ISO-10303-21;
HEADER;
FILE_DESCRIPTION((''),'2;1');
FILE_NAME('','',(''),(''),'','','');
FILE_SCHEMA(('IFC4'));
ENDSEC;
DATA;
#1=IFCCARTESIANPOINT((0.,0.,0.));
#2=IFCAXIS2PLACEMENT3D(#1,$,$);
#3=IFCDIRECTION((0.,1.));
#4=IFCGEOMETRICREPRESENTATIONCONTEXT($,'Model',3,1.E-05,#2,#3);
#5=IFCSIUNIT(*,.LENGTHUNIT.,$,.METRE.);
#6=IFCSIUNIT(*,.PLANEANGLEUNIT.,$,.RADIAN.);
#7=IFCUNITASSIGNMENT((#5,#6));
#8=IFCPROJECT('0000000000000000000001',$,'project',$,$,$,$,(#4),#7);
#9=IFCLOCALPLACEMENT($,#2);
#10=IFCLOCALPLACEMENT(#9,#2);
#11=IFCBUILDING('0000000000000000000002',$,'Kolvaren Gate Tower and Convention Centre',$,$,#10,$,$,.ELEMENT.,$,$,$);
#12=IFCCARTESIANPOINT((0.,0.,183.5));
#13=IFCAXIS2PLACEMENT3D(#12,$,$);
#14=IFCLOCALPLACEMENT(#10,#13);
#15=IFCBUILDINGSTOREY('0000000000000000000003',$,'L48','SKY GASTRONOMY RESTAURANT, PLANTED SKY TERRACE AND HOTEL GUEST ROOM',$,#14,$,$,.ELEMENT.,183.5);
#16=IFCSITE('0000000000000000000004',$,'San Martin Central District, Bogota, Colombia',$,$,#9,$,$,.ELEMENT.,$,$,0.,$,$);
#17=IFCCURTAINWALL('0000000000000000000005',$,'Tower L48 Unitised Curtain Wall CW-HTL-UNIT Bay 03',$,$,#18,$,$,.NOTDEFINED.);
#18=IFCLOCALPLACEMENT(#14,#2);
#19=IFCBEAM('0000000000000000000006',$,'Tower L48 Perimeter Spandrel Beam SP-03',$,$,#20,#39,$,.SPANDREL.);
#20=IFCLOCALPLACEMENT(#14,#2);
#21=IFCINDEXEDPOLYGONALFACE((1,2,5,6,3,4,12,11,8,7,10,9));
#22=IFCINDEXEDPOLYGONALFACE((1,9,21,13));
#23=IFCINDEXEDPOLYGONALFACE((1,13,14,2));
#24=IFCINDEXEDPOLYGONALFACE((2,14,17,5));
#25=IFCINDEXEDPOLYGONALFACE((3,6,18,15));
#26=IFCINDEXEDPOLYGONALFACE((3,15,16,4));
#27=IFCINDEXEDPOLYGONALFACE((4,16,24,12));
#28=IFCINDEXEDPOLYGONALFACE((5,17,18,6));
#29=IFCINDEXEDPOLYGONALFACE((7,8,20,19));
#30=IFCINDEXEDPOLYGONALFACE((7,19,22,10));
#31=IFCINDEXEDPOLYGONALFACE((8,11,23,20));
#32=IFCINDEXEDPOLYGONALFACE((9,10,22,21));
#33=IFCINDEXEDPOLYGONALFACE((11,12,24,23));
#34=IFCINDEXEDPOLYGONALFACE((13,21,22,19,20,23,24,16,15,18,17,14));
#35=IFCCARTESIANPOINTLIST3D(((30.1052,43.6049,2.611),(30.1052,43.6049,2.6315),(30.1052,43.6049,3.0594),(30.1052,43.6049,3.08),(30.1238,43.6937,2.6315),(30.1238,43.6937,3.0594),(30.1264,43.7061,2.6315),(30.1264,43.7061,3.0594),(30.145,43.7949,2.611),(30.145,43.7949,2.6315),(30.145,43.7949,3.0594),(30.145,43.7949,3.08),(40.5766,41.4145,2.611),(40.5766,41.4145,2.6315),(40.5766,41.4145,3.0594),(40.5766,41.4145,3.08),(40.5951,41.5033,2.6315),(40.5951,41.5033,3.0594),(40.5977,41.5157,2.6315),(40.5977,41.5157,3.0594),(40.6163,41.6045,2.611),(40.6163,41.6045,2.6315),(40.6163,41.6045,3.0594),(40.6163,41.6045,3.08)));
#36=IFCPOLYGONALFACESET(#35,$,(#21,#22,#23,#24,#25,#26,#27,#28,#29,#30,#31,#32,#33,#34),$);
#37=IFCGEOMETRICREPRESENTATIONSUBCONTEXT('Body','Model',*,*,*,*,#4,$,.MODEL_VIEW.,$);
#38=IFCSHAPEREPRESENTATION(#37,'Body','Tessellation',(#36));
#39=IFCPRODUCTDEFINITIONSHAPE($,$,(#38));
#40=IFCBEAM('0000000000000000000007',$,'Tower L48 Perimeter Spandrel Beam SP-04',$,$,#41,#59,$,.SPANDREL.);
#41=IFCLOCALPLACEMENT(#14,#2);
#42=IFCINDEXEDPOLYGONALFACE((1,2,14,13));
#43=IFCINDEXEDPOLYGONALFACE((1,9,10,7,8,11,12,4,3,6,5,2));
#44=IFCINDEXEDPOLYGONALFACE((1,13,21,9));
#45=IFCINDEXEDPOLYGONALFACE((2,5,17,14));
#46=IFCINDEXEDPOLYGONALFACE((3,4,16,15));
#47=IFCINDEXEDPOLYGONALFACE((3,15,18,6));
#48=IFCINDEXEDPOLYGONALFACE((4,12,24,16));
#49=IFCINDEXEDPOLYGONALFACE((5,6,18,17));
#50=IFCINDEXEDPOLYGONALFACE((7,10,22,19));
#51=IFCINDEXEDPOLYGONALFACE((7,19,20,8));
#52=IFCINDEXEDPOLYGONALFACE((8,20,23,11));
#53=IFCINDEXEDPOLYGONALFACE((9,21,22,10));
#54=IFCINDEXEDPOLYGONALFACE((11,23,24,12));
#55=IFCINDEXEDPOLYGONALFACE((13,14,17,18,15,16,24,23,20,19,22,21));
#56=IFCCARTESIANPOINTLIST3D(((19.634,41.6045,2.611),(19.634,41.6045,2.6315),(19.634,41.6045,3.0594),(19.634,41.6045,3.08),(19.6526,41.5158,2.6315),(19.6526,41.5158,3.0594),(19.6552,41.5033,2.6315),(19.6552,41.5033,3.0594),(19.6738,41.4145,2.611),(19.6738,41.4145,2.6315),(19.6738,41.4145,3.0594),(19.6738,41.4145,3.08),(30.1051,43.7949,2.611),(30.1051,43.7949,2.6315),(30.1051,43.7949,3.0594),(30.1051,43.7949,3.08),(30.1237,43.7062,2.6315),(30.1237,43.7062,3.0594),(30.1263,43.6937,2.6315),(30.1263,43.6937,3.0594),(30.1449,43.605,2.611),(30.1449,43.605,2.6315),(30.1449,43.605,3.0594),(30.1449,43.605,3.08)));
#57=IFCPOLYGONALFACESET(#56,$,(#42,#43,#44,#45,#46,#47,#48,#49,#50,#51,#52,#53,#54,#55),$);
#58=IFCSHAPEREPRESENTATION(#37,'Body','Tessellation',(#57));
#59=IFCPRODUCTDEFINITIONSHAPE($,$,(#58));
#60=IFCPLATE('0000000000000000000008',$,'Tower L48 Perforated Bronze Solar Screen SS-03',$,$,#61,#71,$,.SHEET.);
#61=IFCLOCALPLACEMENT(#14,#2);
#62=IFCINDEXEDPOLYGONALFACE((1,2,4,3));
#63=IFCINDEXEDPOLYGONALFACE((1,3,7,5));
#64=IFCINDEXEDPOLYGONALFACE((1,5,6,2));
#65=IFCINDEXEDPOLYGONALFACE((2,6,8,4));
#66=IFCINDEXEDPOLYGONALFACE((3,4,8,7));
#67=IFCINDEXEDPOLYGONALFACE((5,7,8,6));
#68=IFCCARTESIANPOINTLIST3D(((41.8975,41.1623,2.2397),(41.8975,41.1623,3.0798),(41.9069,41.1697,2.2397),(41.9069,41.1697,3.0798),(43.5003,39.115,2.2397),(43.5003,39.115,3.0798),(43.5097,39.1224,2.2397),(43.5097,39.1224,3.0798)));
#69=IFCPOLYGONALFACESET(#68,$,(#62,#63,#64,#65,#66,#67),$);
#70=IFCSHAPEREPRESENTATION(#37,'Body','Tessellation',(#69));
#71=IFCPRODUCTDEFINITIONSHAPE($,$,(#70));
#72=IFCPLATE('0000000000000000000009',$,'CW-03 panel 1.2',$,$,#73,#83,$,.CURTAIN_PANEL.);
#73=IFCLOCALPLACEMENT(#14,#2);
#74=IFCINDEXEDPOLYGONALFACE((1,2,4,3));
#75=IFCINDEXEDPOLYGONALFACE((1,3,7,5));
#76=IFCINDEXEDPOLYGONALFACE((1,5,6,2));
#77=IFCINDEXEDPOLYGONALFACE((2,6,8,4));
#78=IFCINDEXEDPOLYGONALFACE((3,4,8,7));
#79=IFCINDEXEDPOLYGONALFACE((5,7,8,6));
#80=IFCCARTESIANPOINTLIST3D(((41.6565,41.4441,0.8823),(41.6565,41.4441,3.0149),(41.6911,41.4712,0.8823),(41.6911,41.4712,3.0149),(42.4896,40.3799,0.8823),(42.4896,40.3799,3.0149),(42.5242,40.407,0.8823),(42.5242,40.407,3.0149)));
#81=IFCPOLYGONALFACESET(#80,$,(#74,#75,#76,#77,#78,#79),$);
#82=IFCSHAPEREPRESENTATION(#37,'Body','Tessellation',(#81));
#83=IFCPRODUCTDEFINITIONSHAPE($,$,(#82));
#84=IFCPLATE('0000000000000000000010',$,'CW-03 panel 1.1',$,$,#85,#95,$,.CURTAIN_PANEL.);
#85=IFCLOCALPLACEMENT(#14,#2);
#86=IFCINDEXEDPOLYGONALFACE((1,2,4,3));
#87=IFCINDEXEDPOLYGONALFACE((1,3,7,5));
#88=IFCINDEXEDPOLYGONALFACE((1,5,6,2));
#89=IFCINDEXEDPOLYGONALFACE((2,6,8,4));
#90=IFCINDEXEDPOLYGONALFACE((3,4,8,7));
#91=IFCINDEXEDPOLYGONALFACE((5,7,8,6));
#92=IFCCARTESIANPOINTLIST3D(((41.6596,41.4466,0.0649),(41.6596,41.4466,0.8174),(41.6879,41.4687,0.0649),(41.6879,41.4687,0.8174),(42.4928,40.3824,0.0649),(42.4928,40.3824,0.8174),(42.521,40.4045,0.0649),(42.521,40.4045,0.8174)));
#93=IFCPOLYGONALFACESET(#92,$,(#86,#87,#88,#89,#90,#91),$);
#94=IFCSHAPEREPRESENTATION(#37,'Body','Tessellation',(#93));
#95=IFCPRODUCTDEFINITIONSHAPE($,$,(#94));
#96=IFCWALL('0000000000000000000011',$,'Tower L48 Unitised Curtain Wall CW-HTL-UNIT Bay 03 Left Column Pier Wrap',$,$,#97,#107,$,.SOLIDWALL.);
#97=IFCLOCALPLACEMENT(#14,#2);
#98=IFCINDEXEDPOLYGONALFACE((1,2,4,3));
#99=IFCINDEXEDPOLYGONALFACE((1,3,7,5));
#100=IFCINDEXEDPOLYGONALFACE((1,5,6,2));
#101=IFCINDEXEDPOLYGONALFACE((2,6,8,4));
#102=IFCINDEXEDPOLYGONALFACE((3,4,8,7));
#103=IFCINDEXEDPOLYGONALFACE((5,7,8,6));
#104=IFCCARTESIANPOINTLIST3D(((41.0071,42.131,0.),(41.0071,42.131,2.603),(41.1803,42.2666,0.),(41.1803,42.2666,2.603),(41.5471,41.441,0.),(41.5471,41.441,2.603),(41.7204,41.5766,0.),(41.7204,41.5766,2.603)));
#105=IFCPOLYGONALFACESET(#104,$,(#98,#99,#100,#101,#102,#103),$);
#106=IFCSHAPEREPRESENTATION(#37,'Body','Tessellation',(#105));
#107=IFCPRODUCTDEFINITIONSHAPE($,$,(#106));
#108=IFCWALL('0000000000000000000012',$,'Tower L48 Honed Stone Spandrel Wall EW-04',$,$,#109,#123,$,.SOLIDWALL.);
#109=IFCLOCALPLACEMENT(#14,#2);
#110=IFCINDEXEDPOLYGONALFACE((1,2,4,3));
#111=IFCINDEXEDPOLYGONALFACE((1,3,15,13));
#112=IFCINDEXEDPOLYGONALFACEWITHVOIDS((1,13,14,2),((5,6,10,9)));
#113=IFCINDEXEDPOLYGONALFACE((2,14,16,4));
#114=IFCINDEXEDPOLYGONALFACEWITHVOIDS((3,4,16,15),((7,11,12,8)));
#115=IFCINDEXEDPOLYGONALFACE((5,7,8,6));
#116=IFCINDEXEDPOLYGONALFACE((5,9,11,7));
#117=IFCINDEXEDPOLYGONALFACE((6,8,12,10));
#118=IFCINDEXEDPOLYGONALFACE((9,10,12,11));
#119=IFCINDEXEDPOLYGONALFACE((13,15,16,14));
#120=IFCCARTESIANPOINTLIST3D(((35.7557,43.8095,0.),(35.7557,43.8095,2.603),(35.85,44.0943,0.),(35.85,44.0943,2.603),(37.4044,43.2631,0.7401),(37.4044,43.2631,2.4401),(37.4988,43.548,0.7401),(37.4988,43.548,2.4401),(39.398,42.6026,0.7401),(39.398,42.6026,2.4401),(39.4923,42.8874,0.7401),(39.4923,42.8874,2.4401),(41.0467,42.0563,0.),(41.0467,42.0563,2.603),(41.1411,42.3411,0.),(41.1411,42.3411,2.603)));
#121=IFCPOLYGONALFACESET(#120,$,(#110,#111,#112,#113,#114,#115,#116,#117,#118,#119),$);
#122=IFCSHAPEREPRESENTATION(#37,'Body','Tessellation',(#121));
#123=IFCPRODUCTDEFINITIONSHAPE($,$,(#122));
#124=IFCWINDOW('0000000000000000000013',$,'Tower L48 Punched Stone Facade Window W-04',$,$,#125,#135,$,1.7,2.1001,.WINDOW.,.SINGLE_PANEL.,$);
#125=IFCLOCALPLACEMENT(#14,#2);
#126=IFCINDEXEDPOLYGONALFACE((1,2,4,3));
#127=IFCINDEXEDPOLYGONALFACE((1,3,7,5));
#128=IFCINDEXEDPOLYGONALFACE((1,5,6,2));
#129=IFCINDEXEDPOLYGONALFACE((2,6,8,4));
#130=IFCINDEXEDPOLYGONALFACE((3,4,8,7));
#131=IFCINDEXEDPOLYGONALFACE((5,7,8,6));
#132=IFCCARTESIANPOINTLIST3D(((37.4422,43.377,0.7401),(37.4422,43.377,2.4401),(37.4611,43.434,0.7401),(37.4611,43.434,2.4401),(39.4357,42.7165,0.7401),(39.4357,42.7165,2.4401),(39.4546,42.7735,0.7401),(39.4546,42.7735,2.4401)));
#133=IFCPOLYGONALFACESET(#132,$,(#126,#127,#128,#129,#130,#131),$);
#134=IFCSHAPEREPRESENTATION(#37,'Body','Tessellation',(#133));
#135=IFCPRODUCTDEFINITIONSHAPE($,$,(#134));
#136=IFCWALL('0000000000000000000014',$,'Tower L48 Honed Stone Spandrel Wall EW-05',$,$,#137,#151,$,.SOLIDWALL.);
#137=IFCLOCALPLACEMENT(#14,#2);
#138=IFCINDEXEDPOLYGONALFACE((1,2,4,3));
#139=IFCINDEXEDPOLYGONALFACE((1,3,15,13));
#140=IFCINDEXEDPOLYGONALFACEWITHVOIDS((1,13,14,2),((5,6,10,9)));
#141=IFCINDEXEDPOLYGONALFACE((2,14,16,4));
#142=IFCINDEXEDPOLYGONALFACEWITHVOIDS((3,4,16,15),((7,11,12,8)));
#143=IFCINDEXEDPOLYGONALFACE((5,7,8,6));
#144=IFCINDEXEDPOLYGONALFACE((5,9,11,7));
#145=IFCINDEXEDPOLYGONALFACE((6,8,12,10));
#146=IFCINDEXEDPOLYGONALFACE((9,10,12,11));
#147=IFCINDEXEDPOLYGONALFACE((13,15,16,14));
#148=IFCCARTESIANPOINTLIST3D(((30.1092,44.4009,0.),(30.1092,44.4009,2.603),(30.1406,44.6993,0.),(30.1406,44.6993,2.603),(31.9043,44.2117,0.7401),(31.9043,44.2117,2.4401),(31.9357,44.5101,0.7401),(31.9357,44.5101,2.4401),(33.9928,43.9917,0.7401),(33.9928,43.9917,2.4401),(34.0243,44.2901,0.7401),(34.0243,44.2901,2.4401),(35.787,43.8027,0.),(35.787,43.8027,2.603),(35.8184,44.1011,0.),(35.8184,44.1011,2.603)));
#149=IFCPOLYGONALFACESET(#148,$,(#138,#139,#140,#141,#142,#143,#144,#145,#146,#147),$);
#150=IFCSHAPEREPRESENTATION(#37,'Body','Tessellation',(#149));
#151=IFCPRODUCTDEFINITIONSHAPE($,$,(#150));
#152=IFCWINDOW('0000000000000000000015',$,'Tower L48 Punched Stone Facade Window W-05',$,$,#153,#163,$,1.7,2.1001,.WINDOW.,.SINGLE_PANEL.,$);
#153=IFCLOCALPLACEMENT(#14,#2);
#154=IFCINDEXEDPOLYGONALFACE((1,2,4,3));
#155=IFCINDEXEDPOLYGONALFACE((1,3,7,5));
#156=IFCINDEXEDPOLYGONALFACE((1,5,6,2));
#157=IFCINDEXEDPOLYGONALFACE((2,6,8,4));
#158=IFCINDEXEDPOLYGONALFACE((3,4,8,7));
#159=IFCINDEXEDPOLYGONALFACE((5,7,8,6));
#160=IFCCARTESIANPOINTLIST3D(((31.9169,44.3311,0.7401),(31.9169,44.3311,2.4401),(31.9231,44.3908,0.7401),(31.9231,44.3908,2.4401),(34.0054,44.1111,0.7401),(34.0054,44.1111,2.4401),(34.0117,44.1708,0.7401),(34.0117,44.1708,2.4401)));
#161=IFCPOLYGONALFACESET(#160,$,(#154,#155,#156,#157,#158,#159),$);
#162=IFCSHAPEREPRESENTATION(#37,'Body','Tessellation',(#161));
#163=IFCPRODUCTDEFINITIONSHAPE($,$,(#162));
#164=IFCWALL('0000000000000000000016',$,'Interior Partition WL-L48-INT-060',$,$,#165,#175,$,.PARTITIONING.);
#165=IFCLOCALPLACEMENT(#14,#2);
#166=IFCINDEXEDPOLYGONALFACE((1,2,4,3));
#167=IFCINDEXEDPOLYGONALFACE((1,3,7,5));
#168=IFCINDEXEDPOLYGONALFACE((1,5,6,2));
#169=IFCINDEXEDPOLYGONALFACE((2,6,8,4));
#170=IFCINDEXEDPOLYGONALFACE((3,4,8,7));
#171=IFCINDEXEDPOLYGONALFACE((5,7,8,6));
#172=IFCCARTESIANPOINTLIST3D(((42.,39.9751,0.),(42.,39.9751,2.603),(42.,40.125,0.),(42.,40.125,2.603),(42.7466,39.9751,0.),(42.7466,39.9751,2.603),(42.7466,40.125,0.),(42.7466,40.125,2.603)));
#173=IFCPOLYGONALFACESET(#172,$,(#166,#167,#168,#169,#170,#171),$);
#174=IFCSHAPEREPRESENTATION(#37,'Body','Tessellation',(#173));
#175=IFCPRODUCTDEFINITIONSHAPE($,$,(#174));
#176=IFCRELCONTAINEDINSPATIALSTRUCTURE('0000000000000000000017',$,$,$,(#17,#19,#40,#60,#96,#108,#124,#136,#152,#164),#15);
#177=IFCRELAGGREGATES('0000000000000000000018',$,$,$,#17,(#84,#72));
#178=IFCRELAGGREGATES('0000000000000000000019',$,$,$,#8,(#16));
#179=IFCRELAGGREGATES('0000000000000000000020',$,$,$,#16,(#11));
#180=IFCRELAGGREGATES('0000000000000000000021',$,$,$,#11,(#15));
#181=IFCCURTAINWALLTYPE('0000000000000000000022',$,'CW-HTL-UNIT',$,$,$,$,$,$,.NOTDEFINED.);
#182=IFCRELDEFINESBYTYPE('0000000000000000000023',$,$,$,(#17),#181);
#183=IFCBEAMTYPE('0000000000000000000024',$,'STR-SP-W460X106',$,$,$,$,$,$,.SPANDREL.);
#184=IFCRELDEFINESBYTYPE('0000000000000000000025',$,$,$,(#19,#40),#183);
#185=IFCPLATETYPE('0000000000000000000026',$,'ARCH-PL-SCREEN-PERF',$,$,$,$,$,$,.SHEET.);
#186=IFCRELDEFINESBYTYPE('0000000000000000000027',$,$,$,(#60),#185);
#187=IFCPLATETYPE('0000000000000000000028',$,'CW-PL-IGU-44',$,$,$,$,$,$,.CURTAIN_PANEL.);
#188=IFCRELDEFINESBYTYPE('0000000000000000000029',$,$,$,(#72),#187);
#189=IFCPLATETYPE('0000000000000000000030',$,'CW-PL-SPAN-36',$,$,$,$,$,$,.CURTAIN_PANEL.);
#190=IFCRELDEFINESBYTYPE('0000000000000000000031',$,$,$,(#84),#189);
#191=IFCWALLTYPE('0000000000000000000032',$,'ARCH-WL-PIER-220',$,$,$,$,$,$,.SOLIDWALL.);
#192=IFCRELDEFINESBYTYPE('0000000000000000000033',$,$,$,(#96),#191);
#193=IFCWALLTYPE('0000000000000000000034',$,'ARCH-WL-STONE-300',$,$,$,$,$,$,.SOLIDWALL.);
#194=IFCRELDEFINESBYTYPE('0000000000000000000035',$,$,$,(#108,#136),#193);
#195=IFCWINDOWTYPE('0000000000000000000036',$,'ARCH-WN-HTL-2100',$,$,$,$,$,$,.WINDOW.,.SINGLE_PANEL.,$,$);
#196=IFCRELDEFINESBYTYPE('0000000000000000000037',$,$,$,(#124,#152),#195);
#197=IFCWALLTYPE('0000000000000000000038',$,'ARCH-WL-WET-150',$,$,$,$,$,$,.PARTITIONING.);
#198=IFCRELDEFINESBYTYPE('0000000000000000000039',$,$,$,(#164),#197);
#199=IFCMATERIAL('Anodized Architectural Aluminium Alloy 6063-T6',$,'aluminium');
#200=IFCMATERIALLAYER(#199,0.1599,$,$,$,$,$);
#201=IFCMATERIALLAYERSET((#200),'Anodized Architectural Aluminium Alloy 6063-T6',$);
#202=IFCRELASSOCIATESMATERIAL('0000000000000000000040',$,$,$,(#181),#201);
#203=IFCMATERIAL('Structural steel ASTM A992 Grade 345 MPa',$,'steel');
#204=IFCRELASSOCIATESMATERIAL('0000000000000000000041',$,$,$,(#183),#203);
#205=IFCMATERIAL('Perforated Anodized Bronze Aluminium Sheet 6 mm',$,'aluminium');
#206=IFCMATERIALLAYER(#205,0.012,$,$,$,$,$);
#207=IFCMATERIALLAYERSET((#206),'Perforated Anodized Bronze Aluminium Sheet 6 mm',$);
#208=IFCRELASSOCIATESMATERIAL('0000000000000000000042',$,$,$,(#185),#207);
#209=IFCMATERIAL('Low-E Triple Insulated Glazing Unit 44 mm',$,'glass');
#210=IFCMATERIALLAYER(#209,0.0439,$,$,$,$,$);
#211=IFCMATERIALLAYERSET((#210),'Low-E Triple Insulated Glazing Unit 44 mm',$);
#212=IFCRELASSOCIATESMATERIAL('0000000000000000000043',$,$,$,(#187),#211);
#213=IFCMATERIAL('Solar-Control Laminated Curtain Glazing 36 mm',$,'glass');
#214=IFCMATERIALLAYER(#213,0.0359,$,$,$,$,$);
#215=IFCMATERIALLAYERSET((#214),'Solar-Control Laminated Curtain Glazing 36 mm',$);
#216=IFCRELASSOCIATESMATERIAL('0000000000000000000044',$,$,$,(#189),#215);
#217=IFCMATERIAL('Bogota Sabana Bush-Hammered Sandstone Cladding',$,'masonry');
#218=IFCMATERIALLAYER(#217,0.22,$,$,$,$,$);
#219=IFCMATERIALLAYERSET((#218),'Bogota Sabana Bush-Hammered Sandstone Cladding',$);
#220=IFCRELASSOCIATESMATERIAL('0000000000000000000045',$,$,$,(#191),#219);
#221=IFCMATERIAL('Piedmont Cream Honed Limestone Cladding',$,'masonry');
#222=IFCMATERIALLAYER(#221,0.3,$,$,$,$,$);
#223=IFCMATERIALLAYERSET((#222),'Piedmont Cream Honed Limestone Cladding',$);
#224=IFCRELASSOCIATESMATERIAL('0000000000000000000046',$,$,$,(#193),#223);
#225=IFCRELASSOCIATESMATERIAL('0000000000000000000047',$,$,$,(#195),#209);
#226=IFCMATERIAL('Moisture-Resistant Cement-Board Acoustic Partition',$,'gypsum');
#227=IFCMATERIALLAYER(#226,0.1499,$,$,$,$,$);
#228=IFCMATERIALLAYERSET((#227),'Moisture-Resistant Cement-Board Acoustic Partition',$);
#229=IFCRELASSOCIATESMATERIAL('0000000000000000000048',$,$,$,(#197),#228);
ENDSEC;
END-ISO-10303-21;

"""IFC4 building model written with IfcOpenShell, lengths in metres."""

from ifc_helpers import new_model, si_unit, direction, frame, frame_2d, origin, origin_2d, place, context, subcontext, project, spatial, rectangle, i_section, extrude, material, layer, layer_set, material_profile, profile_set, type_object, element, fill, aggregate, save


model = new_model("IFC4")

# Units and contexts
model_context = context("Model", 3, precision=1e-05, world=origin(), true_north=direction((0.0, 1.0)))
body_context = subcontext(model_context, "Body", "Model", "MODEL_VIEW")
ifc_project = project(units=[si_unit("LENGTHUNIT", "METRE"), si_unit("PLANEANGLEUNIT", "RADIAN")], contexts=[model_context])

# Site, building, storey
site_placement = place(None, origin())
site = spatial("IfcSite", under=ifc_project, at=site_placement, Name="San Martin Central District, Bogota, Colombia", CompositionType="ELEMENT", RefElevation=0.0)
building_placement = place(site_placement, origin())
building = spatial("IfcBuilding", under=site, at=building_placement, Name="Kolvaren Gate Tower and Convention Centre", CompositionType="ELEMENT")
storey_placement = place(building_placement, frame((0.0, 0.0, 183.5)))
storey = spatial("IfcBuildingStorey", under=building, at=storey_placement, Name="L48", Description="SKY GASTRONOMY RESTAURANT, PLANTED SKY TERRACE AND HOTEL GUEST ROOM", CompositionType="ELEMENT", Elevation=183.5)

# Curtain wall
ifc_material_1 = material(Name="Anodized Architectural Aluminium Alloy 6063-T6", Category="aluminium")
ifc_layer_1 = layer(ifc_material_1, 0.1599)
ifc_layer_set_1 = layer_set([ifc_layer_1], Name="Anodized Architectural Aluminium Alloy 6063-T6")
curtain_wall_type = type_object("IfcCurtainWallType", Name="CW-HTL-UNIT", PredefinedType="NOTDEFINED", material=ifc_layer_set_1)
curtain_wall_placement = place(storey_placement, origin())
curtain_wall = element("IfcCurtainWall", 1, at=curtain_wall_placement, inside=storey, type_object=curtain_wall_type, Name="Tower L48 Unitised Curtain Wall CW-HTL-UNIT Bay 03", PredefinedType="NOTDEFINED")

# Beams
ifc_material_2 = material(Name="Structural steel ASTM A992 Grade 345 MPa", Category="steel")
ifc_material_profile_1 = material_profile(ifc_material_2, i_section(OverallWidth=0.1941, OverallDepth=0.469, WebThickness=0.0127, FlangeThickness=0.0205, at=origin_2d()), Name="W460X106")
ifc_profile_set_1 = profile_set([ifc_material_profile_1], Name="Structural steel ASTM A992 Grade 345 MPa")
beam_type_1 = type_object("IfcBeamType", Name="STR-SP-W460X106", PredefinedType="SPANDREL", material=ifc_profile_set_1)
beam_1_placement = place(storey_placement, frame((40.5964, 41.5095, 2.8455), z_axis=(-0.978814, 0.20475, 0.0), x_axis=(-0.20475, -0.978814, 0.0)))
element("IfcBeam", 2, at=beam_1_placement, inside=storey, type_object=beam_type_1, Name="Tower L48 Perimeter Spandrel Beam SP-03", PredefinedType="SPANDREL", context=body_context, shape_type="SweptSolid", body=[
    extrude(i_section(OverallWidth=0.1941, OverallDepth=0.469, WebThickness=0.0127, FlangeThickness=0.0205, at=origin_2d()), origin(), (0.0, 0.0, 1.0), 10.698),
])
beam_2_placement = place(storey_placement, frame((30.125, 43.7, 2.8455), z_axis=(-0.978813, -0.204754, 0.0), x_axis=(0.204754, -0.978813, 0.0)))
element("IfcBeam", 3, at=beam_2_placement, inside=storey, type_object=beam_type_1, Name="Tower L48 Perimeter Spandrel Beam SP-04", PredefinedType="SPANDREL", context=body_context, shape_type="SweptSolid", body=[
    extrude(i_section(OverallWidth=0.1941, OverallDepth=0.469, WebThickness=0.0127, FlangeThickness=0.0205, at=origin_2d()), origin(), (0.0, 0.0, 1.0), 10.6978),
])

# Plates
ifc_material_3 = material(Name="Perforated Anodized Bronze Aluminium Sheet 6 mm", Category="aluminium")
ifc_layer_2 = layer(ifc_material_3, 0.012)
ifc_layer_set_2 = layer_set([ifc_layer_2], Name="Perforated Anodized Bronze Aluminium Sheet 6 mm")
plate_type_1 = type_object("IfcPlateType", Name="ARCH-PL-SCREEN-PERF", PredefinedType="SHEET", material=ifc_layer_set_2)
plate_1_placement = place(storey_placement, frame((42.7036, 40.1423, 2.2397), z_axis=(0.0, 0.0, 1.0), x_axis=(0.616434, -0.787406, 0.0)))
element("IfcPlate", 4, at=plate_1_placement, inside=storey, type_object=plate_type_1, Name="Tower L48 Perforated Bronze Solar Screen SS-03", PredefinedType="SHEET", context=body_context, shape_type="SweptSolid", body=[
    extrude(rectangle(XDim=2.6001, YDim=0.012, at=origin_2d()), origin(), (0.0, 0.0, 1.0), 0.8401),
])
ifc_material_4 = material(Name="Low-E Triple Insulated Glazing Unit 44 mm", Category="glass")
ifc_layer_3 = layer(ifc_material_4, 0.0439)
ifc_layer_set_3 = layer_set([ifc_layer_3], Name="Low-E Triple Insulated Glazing Unit 44 mm")
plate_type_2 = type_object("IfcPlateType", Name="CW-PL-IGU-44", PredefinedType="CURTAIN_PANEL", material=ifc_layer_set_3)
plate_2_placement = place(storey_placement, frame((42.0903, 40.9255, 0.8823), z_axis=(0.0, 0.0, 1.0), x_axis=(0.616438, -0.787404, 0.0)))
plate_2 = element("IfcPlate", 5, at=plate_2_placement, type_object=plate_type_2, Name="CW-03 panel 1.2", PredefinedType="CURTAIN_PANEL", context=body_context, shape_type="SweptSolid", body=[
    extrude(rectangle(XDim=1.3516, YDim=0.0439, at=origin_2d()), origin(), (0.0, 0.0, 1.0), 2.1326),
])
ifc_material_5 = material(Name="Solar-Control Laminated Curtain Glazing 36 mm", Category="glass")
ifc_layer_4 = layer(ifc_material_5, 0.0359)
ifc_layer_set_4 = layer_set([ifc_layer_4], Name="Solar-Control Laminated Curtain Glazing 36 mm")
plate_type_3 = type_object("IfcPlateType", Name="CW-PL-SPAN-36", PredefinedType="CURTAIN_PANEL", material=ifc_layer_set_4)
plate_3_placement = place(storey_placement, frame((42.0903, 40.9255, 0.0649), z_axis=(0.0, 0.0, 1.0), x_axis=(0.616438, -0.787404, 0.0)))
plate_3 = element("IfcPlate", 6, at=plate_3_placement, type_object=plate_type_3, Name="CW-03 panel 1.1", PredefinedType="CURTAIN_PANEL", context=body_context, shape_type="SweptSolid", body=[
    extrude(rectangle(XDim=1.3516, YDim=0.0359, at=origin_2d()), origin(), (0.0, 0.0, 1.0), 0.7524),
])
aggregate(curtain_wall, [plate_3, plate_2])

# Wall
ifc_material_6 = material(Name="Bogota Sabana Bush-Hammered Sandstone Cladding", Category="masonry")
ifc_layer_5 = layer(ifc_material_6, 0.22)
ifc_layer_set_5 = layer_set([ifc_layer_5], Name="Bogota Sabana Bush-Hammered Sandstone Cladding")
wall_type_1 = type_object("IfcWallType", Name="ARCH-WL-PIER-220", PredefinedType="SOLIDWALL", material=ifc_layer_set_5)
wall_1_placement = place(storey_placement, frame((41.0938, 42.1987, 0.0), z_axis=(0.0, 0.0, 1.0), x_axis=(0.616368, -0.787458, 0.0)))
element("IfcWall", 7, at=wall_1_placement, inside=storey, type_object=wall_type_1, Name="Tower L48 Unitised Curtain Wall CW-HTL-UNIT Bay 03 Left Column Pier Wrap", PredefinedType="SOLIDWALL", context=body_context, shape_type="SweptSolid", body=[
    extrude(rectangle(XDim=0.8762, YDim=0.22, at=frame_2d((0.438, 0.0))), origin(), (0.0, 0.0, 1.0), 2.603),
])

# Walls, openings, windows
ifc_material_7 = material(Name="Piedmont Cream Honed Limestone Cladding", Category="masonry")
ifc_layer_6 = layer(ifc_material_7, 0.3)
ifc_layer_set_6 = layer_set([ifc_layer_6], Name="Piedmont Cream Honed Limestone Cladding")
wall_type_2 = type_object("IfcWallType", Name="ARCH-WL-STONE-300", PredefinedType="SOLIDWALL", material=ifc_layer_set_6)
wall_2_placement = place(storey_placement, frame((35.8027, 43.9519, 0.0), z_axis=(0.0, 0.0, 1.0), x_axis=(0.949247, -0.314532, 0.0)))
wall_2 = element("IfcWall", 8, at=wall_2_placement, inside=storey, type_object=wall_type_2, Name="Tower L48 Honed Stone Spandrel Wall EW-04", PredefinedType="SOLIDWALL", context=body_context, shape_type="SweptSolid", body=[
    extrude(rectangle(XDim=5.574, YDim=0.3, at=frame_2d((2.7871, 0.0))), origin(), (0.0, 0.0, 1.0), 2.603),
])
opening_1_placement = place(wall_2_placement, frame((1.7371, 0.0, 0.74)))
opening_1 = element("IfcOpeningElement", 9, at=opening_1_placement, cuts=wall_2, PredefinedType="OPENING", context=body_context, shape_type="SweptSolid", body=[
    extrude(rectangle(XDim=2.1001, YDim=1.7, at=frame_2d((1.05, 0.8501))), frame((0.0, 0.1599, 0.0), z_axis=(0.0, -1.0, 0.0), x_axis=(1.0, 0.0, 0.0)), (0.0, 0.0, 1.0), 0.3201),
])
window_type = type_object("IfcWindowType", Name="ARCH-WN-HTL-2100", PartitioningType="SINGLE_PANEL", PredefinedType="WINDOW", material=ifc_material_4)
window_1_placement = place(opening_1_placement, origin())
window_1 = element("IfcWindow", 10, at=window_1_placement, inside=storey, type_object=window_type, Name="Tower L48 Punched Stone Facade Window W-04", OverallHeight=1.7, OverallWidth=2.1001, PartitioningType="SINGLE_PANEL", PredefinedType="WINDOW", context=body_context, shape_type="SweptSolid", body=[
    extrude(rectangle(XDim=2.1001, YDim=1.7, at=frame_2d((1.05, 0.8501))), frame((0.0, 0.03, 0.0), z_axis=(0.0, -1.0, 0.0), x_axis=(1.0, 0.0, 0.0)), (0.0, 0.0, 1.0), 0.0601),
])
fill(opening_1, window_1)
wall_3_placement = place(storey_placement, frame((30.125, 44.55, 0.0), z_axis=(0.0, 0.0, 1.0), x_axis=(0.994497, -0.104769, 0.0)))
wall_3 = element("IfcWall", 11, at=wall_3_placement, inside=storey, type_object=wall_type_2, Name="Tower L48 Honed Stone Spandrel Wall EW-05", PredefinedType="SOLIDWALL", context=body_context, shape_type="SweptSolid", body=[
    extrude(rectangle(XDim=5.7092, YDim=0.3, at=frame_2d((2.8545, 0.0))), origin(), (0.0, 0.0, 1.0), 2.603),
])
opening_2_placement = place(wall_3_placement, frame((1.8049, 0.0, 0.74)))
opening_2 = element("IfcOpeningElement", 12, at=opening_2_placement, cuts=wall_3, PredefinedType="OPENING", context=body_context, shape_type="SweptSolid", body=[
    extrude(rectangle(XDim=2.1001, YDim=1.7, at=frame_2d((1.05, 0.8501))), frame((0.0, 0.1599, 0.0), z_axis=(0.0, -1.0, 0.0), x_axis=(1.0, 0.0, 0.0)), (0.0, 0.0, 1.0), 0.3201),
])
window_2_placement = place(opening_2_placement, origin())
window_2 = element("IfcWindow", 13, at=window_2_placement, inside=storey, type_object=window_type, Name="Tower L48 Punched Stone Facade Window W-05", OverallHeight=1.7, OverallWidth=2.1001, PartitioningType="SINGLE_PANEL", PredefinedType="WINDOW", context=body_context, shape_type="SweptSolid", body=[
    extrude(rectangle(XDim=2.1001, YDim=1.7, at=frame_2d((1.05, 0.8501))), frame((0.0, 0.03, 0.0), z_axis=(0.0, -1.0, 0.0), x_axis=(1.0, 0.0, 0.0)), (0.0, 0.0, 1.0), 0.0601),
])
fill(opening_2, window_2)

# Wall
ifc_material_8 = material(Name="Moisture-Resistant Cement-Board Acoustic Partition", Category="gypsum")
ifc_layer_7 = layer(ifc_material_8, 0.1499)
ifc_layer_set_7 = layer_set([ifc_layer_7], Name="Moisture-Resistant Cement-Board Acoustic Partition")
wall_type_3 = type_object("IfcWallType", Name="ARCH-WL-WET-150", PredefinedType="PARTITIONING", material=ifc_layer_set_7)
wall_4_placement = place(storey_placement, frame((42.0, 40.05, 0.0), z_axis=(0.0, 0.0, 1.0), x_axis=(1.0, 0.0, 0.0)))
element("IfcWall", 14, at=wall_4_placement, inside=storey, type_object=wall_type_3, Name="Interior Partition WL-L48-INT-060", PredefinedType="PARTITIONING", context=body_context, shape_type="SweptSolid", body=[
    extrude(rectangle(XDim=0.7466, YDim=0.1499, at=frame_2d((0.3733, 0.0))), origin(), (0.0, 0.0, 1.0), 2.603),
])

save(model, "model.ifc")
